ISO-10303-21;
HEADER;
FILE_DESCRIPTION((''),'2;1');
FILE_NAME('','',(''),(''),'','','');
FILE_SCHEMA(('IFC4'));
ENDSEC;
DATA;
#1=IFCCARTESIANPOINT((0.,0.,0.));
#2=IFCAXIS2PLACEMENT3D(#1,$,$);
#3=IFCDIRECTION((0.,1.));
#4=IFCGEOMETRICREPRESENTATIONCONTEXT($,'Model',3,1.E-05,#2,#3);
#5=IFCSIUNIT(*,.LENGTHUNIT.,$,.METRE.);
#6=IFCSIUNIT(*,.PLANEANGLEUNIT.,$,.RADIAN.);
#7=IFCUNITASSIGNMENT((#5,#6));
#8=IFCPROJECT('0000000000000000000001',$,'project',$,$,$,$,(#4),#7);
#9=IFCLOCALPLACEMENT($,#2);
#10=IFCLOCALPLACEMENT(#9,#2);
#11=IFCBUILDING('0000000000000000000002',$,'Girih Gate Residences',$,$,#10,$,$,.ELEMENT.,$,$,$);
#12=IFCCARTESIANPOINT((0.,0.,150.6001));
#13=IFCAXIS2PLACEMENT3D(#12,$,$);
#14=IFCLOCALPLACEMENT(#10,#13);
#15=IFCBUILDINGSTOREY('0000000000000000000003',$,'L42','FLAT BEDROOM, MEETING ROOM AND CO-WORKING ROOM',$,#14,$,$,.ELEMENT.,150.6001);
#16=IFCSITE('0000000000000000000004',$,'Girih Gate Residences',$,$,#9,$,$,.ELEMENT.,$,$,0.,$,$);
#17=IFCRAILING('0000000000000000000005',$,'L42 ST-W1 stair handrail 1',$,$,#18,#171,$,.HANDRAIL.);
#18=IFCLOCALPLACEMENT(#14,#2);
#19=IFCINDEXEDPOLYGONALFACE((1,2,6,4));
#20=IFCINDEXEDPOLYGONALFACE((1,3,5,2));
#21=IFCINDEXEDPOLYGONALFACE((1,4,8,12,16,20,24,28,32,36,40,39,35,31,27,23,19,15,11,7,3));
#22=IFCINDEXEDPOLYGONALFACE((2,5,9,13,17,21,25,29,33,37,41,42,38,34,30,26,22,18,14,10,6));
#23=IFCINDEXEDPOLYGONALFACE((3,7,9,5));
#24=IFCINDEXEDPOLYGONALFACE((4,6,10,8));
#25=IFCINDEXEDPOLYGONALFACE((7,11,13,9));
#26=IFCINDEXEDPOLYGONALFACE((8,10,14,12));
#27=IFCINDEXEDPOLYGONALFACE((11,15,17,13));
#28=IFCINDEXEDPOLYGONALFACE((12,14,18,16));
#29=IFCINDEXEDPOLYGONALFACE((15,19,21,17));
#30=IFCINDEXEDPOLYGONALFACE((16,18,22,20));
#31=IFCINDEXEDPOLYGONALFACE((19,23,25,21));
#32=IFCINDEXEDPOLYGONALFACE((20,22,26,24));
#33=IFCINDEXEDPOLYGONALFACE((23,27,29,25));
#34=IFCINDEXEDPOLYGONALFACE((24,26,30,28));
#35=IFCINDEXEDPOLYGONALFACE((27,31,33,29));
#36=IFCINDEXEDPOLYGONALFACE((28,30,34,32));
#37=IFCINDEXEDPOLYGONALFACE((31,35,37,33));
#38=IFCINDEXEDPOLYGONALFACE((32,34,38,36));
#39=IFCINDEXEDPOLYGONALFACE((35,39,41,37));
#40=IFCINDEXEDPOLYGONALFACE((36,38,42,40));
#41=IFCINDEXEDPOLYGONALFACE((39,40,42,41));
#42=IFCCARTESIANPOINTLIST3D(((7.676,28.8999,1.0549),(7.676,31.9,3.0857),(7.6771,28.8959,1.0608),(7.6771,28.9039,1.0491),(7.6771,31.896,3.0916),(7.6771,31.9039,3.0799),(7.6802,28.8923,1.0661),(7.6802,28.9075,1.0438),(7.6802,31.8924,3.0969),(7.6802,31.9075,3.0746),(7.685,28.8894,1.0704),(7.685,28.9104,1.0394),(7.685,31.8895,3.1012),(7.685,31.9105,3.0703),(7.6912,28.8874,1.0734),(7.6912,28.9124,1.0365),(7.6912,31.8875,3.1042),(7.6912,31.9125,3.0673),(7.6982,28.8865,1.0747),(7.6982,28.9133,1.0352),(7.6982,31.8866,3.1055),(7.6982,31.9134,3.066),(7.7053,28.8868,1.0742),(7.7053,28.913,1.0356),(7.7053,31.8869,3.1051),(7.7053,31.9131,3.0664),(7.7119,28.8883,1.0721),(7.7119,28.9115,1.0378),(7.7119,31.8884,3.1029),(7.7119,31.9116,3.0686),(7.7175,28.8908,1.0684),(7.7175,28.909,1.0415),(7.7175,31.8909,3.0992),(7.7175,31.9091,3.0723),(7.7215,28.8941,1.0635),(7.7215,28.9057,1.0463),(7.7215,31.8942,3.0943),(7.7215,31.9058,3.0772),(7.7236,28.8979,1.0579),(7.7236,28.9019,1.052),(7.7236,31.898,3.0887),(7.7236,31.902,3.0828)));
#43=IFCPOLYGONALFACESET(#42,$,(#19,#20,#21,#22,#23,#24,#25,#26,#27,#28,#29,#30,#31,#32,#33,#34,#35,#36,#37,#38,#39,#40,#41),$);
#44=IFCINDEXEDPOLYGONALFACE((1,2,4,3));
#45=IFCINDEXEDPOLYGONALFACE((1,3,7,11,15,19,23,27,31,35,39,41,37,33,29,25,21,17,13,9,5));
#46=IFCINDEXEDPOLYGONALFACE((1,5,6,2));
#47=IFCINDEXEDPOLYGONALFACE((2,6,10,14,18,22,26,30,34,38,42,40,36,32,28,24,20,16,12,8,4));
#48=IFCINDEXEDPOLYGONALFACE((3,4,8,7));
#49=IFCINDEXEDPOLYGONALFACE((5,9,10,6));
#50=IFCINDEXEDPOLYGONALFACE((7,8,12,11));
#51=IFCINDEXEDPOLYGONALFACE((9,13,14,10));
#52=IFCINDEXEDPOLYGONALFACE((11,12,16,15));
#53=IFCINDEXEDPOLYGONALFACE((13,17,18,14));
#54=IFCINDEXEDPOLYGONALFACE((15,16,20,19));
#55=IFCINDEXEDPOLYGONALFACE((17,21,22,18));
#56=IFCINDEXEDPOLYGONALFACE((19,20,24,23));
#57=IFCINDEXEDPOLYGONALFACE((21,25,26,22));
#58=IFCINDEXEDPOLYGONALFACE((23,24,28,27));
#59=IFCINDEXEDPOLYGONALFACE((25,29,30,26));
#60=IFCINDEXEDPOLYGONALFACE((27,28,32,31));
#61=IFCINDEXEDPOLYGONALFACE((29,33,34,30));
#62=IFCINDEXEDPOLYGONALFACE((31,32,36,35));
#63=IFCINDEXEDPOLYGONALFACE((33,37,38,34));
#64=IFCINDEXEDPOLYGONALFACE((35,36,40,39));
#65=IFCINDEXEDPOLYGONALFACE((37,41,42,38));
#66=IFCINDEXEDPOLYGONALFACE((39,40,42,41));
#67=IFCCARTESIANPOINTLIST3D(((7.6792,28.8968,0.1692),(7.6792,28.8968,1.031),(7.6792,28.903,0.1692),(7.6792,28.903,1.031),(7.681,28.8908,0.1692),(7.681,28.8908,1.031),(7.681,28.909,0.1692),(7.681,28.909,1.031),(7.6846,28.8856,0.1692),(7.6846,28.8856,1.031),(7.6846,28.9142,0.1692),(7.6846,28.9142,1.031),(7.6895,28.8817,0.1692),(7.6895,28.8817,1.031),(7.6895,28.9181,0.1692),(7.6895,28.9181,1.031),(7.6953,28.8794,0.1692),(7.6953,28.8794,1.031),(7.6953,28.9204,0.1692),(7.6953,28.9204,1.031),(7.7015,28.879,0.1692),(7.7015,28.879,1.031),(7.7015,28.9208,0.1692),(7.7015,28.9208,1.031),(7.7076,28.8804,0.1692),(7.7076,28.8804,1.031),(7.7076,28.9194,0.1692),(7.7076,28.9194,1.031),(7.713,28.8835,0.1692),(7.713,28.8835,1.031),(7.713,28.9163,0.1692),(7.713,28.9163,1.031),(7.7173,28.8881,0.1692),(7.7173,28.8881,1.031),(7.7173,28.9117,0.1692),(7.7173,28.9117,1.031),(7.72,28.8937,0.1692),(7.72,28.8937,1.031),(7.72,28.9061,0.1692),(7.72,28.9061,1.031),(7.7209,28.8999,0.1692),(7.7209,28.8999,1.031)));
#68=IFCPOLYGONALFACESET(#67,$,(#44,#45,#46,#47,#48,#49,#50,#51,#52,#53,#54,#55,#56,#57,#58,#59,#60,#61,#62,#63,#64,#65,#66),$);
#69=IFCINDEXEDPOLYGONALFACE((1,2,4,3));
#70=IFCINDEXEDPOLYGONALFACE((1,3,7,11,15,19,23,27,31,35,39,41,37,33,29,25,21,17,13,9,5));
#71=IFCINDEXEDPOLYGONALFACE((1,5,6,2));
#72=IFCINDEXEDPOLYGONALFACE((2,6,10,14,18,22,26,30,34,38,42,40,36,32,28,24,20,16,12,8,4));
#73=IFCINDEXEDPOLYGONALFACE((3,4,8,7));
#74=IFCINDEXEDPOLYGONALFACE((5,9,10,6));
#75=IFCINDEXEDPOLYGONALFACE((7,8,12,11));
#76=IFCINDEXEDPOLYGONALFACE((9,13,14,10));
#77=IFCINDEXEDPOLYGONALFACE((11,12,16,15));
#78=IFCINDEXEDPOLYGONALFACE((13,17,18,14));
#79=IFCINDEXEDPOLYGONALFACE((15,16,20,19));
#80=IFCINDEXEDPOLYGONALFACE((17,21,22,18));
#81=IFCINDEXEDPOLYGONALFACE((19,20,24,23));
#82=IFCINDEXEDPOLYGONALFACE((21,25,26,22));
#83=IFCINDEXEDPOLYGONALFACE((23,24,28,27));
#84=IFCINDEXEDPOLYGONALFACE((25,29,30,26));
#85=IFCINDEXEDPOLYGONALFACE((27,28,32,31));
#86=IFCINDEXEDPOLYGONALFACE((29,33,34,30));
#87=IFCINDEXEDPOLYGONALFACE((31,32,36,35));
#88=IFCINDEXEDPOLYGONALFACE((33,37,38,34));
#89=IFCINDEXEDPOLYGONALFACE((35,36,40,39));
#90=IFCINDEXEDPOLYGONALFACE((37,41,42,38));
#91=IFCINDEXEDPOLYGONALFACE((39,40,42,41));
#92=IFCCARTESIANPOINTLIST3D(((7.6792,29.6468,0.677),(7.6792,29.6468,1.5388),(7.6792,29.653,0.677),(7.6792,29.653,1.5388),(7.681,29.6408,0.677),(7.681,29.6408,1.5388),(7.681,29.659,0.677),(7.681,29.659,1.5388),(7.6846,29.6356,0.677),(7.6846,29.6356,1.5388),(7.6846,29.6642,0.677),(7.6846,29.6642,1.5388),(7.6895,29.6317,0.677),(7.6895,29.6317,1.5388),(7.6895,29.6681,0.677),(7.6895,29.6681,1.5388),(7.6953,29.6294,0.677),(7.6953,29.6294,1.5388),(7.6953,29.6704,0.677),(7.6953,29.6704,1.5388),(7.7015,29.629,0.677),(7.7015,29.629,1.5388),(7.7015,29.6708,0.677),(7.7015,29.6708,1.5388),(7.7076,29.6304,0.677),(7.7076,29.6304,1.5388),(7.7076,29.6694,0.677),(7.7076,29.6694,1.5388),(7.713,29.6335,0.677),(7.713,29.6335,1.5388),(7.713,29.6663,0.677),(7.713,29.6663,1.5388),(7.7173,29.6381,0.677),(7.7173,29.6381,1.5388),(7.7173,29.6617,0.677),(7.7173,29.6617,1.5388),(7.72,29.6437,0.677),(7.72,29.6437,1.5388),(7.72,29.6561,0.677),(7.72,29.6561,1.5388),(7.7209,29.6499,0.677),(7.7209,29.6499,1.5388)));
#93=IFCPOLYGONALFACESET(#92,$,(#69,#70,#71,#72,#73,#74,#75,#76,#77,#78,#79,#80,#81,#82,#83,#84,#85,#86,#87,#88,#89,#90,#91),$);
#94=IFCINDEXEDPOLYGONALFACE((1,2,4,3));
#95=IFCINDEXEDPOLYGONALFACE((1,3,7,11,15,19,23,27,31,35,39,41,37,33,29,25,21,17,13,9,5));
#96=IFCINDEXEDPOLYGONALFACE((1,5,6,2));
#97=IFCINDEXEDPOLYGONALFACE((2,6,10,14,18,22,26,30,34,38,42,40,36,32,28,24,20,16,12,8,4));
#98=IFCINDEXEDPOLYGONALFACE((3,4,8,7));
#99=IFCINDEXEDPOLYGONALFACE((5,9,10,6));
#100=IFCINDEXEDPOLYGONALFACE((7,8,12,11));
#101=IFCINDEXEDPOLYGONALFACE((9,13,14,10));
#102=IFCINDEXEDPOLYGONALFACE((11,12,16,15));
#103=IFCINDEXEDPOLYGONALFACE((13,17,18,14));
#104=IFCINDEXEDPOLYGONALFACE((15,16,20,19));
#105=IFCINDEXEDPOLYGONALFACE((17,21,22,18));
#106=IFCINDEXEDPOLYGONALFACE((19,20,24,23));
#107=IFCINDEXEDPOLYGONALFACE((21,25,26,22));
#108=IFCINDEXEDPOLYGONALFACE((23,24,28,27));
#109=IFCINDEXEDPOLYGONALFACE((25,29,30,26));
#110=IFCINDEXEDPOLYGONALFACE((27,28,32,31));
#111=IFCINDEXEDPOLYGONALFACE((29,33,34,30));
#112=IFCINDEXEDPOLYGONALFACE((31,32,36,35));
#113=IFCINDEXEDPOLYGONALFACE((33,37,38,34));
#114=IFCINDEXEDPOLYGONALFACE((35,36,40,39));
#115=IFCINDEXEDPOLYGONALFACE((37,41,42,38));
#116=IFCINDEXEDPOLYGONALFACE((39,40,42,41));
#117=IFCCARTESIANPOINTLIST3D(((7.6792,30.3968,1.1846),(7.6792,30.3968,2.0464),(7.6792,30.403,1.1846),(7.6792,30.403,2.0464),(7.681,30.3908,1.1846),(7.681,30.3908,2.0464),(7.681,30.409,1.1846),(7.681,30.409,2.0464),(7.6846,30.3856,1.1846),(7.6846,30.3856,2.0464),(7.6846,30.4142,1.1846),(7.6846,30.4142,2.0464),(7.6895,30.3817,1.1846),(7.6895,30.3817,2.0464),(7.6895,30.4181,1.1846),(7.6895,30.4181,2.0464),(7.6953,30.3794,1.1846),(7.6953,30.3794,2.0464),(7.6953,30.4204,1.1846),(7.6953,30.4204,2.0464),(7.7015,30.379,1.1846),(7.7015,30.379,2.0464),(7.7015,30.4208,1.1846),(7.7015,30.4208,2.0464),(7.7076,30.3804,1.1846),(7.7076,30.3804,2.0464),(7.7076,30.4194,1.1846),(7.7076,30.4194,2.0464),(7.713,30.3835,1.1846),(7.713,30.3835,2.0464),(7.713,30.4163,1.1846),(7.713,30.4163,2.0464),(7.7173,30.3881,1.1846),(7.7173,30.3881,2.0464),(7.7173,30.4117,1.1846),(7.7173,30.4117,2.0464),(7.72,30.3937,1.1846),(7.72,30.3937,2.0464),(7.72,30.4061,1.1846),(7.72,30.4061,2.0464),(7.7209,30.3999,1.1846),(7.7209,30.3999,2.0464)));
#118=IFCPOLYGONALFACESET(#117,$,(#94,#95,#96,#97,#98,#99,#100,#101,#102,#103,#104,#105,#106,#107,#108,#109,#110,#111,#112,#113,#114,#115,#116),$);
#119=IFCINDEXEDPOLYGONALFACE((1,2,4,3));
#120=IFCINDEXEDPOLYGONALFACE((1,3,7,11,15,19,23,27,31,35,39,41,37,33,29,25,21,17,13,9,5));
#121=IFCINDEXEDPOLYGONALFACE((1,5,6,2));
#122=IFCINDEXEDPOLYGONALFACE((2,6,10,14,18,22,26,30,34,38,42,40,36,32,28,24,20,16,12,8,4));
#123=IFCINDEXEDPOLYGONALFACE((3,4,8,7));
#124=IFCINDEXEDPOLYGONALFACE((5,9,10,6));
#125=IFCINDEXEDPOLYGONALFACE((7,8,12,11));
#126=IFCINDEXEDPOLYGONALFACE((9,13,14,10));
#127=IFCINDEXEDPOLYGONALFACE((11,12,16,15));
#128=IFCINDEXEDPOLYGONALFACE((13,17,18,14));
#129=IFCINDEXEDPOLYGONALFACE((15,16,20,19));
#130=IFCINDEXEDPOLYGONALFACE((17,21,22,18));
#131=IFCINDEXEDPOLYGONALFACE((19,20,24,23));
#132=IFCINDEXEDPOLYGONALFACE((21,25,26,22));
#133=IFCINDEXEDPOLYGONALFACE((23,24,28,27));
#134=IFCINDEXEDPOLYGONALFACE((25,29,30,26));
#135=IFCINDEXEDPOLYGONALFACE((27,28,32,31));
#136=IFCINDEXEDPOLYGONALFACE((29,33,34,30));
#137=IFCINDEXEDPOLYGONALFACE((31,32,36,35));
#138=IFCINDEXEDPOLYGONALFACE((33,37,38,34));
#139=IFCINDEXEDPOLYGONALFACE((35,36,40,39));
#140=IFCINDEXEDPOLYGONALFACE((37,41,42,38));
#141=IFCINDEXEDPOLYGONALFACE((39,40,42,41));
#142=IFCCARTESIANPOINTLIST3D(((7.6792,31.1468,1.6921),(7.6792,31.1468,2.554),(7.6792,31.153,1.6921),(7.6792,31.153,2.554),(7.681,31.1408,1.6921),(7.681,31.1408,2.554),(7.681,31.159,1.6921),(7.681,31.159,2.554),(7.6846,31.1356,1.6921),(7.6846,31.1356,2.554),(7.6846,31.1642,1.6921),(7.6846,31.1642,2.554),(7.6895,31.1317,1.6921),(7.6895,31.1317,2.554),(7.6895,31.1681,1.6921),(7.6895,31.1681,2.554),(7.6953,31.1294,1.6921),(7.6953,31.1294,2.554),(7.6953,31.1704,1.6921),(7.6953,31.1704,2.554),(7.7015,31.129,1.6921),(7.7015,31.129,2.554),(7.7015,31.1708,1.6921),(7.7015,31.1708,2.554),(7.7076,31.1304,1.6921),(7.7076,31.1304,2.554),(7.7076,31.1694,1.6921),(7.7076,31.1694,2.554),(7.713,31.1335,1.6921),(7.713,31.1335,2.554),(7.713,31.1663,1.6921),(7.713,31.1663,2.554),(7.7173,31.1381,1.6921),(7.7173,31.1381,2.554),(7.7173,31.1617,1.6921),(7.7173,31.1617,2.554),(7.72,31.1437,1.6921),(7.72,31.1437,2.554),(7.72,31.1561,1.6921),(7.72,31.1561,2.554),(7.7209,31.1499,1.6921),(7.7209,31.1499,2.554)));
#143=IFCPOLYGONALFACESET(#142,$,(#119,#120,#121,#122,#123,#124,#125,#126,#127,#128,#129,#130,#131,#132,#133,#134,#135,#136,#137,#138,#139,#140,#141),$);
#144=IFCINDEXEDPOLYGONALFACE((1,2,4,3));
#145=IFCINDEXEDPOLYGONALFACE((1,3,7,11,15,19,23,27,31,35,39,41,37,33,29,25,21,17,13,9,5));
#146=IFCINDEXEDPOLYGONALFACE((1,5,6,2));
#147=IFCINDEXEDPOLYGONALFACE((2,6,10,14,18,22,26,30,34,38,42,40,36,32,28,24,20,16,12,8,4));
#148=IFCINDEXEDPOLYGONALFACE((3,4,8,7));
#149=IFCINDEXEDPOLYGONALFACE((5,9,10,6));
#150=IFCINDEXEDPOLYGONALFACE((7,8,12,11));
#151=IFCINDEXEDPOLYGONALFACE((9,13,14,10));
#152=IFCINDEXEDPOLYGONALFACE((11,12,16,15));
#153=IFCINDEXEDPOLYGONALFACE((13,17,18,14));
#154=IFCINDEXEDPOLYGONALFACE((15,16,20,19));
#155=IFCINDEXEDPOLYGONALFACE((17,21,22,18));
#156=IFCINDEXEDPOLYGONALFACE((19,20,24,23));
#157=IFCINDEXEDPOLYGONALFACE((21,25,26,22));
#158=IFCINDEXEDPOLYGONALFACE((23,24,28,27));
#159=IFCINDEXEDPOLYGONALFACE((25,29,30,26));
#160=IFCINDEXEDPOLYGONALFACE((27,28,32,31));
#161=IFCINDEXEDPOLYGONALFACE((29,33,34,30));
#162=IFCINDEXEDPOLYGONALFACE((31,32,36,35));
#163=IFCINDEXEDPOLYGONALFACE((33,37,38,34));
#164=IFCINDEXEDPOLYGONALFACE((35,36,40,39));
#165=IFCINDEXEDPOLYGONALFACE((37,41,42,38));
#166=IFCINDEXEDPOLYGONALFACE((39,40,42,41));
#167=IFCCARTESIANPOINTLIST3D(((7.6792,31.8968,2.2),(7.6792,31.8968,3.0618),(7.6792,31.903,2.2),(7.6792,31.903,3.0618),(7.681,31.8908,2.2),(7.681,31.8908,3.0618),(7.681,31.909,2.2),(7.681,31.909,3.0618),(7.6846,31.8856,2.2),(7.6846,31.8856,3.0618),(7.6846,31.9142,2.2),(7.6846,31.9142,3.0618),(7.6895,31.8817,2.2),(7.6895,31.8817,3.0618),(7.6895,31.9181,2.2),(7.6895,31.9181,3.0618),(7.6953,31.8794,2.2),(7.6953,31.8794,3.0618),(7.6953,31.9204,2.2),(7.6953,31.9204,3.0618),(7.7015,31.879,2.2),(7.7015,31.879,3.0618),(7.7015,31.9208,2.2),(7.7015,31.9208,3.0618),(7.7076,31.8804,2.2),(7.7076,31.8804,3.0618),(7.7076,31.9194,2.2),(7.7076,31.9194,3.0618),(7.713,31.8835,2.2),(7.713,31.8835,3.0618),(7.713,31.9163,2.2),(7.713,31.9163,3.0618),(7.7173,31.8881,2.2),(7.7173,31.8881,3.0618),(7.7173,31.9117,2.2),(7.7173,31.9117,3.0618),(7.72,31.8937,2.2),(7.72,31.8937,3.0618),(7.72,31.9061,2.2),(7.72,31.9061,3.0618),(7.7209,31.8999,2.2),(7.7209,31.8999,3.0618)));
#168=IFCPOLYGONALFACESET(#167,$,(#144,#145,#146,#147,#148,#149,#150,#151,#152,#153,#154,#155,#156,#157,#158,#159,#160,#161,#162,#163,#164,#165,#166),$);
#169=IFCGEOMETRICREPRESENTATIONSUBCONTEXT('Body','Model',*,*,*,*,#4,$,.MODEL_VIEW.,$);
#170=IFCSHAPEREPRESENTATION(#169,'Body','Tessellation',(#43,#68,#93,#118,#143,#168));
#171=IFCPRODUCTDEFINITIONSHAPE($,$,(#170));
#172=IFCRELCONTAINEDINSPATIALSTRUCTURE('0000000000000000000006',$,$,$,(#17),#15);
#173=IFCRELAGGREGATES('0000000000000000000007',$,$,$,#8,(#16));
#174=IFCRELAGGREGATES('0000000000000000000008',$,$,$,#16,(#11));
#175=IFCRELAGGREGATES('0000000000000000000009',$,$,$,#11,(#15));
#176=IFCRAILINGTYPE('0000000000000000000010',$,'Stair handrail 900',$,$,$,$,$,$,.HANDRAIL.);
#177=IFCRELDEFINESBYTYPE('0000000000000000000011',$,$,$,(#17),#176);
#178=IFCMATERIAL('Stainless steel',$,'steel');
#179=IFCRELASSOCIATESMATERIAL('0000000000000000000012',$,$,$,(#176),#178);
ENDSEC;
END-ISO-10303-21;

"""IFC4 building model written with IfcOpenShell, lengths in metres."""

from ifc_helpers import new_model, si_unit, direction, frame, origin, origin_2d, place, context, subcontext, project, spatial, circle, extrude, material, type_object, element, save


model = new_model("IFC4")

# Units and contexts
model_context = context("Model", 3, precision=1e-05, world=origin(), true_north=direction((0.0, 1.0)))
body_context = subcontext(model_context, "Body", "Model", "MODEL_VIEW")
ifc_project = project(units=[si_unit("LENGTHUNIT", "METRE"), si_unit("PLANEANGLEUNIT", "RADIAN")], contexts=[model_context])

# Site, building, storey
site_placement = place(None, origin())
site = spatial("IfcSite", under=ifc_project, at=site_placement, Name="Girih Gate Residences", CompositionType="ELEMENT", RefElevation=0.0)
building_placement = place(site_placement, origin())
building = spatial("IfcBuilding", under=site, at=building_placement, Name="Girih Gate Residences", CompositionType="ELEMENT")
storey_placement = place(building_placement, frame((0.0, 0.0, 150.6001)))
storey = spatial("IfcBuildingStorey", under=building, at=storey_placement, Name="L42", Description="FLAT BEDROOM, MEETING ROOM AND CO-WORKING ROOM", CompositionType="ELEMENT", Elevation=150.6001)

# Railing
ifc_material_1 = material(Name="Stainless steel", Category="steel")
railing_type_1 = type_object("IfcRailingType", Name="Stair handrail 900", PredefinedType="HANDRAIL", material=ifc_material_1)
railing_1_placement = place(storey_placement, frame((7.7, 28.8999, 0.1692)))
element("IfcRailing", 1, at=railing_1_placement, inside=storey, type_object=railing_type_1, Name="L42 ST-W1 stair handrail 1", PredefinedType="HANDRAIL", context=body_context, shape_type="SweptSolid", body=[
    extrude(circle(Radius=0.0239, at=origin_2d()), frame((0.0, 0.0, 0.8857), z_axis=(0.0, 0.82811, 0.560565), x_axis=(-1.0, 0.0, 0.0)), (0.0, 0.0, 1.0), 3.6228),
    extrude(circle(Radius=0.021, at=origin_2d()), origin(), (0.0, 0.0, 1.0), 0.8618),
    extrude(circle(Radius=0.021, at=origin_2d()), frame((0.0, 0.75, 0.5078)), (0.0, 0.0, 1.0), 0.8618),
    extrude(circle(Radius=0.021, at=origin_2d()), frame((0.0, 1.5, 1.0154)), (0.0, 0.0, 1.0), 0.8618),
    extrude(circle(Radius=0.021, at=origin_2d()), frame((0.0, 2.25, 1.5229)), (0.0, 0.0, 1.0), 0.8618),
    extrude(circle(Radius=0.021, at=origin_2d()), frame((0.0, 3.0, 2.0308)), (0.0, 0.0, 1.0), 0.8618),
])

save(model, "model.ifc")
